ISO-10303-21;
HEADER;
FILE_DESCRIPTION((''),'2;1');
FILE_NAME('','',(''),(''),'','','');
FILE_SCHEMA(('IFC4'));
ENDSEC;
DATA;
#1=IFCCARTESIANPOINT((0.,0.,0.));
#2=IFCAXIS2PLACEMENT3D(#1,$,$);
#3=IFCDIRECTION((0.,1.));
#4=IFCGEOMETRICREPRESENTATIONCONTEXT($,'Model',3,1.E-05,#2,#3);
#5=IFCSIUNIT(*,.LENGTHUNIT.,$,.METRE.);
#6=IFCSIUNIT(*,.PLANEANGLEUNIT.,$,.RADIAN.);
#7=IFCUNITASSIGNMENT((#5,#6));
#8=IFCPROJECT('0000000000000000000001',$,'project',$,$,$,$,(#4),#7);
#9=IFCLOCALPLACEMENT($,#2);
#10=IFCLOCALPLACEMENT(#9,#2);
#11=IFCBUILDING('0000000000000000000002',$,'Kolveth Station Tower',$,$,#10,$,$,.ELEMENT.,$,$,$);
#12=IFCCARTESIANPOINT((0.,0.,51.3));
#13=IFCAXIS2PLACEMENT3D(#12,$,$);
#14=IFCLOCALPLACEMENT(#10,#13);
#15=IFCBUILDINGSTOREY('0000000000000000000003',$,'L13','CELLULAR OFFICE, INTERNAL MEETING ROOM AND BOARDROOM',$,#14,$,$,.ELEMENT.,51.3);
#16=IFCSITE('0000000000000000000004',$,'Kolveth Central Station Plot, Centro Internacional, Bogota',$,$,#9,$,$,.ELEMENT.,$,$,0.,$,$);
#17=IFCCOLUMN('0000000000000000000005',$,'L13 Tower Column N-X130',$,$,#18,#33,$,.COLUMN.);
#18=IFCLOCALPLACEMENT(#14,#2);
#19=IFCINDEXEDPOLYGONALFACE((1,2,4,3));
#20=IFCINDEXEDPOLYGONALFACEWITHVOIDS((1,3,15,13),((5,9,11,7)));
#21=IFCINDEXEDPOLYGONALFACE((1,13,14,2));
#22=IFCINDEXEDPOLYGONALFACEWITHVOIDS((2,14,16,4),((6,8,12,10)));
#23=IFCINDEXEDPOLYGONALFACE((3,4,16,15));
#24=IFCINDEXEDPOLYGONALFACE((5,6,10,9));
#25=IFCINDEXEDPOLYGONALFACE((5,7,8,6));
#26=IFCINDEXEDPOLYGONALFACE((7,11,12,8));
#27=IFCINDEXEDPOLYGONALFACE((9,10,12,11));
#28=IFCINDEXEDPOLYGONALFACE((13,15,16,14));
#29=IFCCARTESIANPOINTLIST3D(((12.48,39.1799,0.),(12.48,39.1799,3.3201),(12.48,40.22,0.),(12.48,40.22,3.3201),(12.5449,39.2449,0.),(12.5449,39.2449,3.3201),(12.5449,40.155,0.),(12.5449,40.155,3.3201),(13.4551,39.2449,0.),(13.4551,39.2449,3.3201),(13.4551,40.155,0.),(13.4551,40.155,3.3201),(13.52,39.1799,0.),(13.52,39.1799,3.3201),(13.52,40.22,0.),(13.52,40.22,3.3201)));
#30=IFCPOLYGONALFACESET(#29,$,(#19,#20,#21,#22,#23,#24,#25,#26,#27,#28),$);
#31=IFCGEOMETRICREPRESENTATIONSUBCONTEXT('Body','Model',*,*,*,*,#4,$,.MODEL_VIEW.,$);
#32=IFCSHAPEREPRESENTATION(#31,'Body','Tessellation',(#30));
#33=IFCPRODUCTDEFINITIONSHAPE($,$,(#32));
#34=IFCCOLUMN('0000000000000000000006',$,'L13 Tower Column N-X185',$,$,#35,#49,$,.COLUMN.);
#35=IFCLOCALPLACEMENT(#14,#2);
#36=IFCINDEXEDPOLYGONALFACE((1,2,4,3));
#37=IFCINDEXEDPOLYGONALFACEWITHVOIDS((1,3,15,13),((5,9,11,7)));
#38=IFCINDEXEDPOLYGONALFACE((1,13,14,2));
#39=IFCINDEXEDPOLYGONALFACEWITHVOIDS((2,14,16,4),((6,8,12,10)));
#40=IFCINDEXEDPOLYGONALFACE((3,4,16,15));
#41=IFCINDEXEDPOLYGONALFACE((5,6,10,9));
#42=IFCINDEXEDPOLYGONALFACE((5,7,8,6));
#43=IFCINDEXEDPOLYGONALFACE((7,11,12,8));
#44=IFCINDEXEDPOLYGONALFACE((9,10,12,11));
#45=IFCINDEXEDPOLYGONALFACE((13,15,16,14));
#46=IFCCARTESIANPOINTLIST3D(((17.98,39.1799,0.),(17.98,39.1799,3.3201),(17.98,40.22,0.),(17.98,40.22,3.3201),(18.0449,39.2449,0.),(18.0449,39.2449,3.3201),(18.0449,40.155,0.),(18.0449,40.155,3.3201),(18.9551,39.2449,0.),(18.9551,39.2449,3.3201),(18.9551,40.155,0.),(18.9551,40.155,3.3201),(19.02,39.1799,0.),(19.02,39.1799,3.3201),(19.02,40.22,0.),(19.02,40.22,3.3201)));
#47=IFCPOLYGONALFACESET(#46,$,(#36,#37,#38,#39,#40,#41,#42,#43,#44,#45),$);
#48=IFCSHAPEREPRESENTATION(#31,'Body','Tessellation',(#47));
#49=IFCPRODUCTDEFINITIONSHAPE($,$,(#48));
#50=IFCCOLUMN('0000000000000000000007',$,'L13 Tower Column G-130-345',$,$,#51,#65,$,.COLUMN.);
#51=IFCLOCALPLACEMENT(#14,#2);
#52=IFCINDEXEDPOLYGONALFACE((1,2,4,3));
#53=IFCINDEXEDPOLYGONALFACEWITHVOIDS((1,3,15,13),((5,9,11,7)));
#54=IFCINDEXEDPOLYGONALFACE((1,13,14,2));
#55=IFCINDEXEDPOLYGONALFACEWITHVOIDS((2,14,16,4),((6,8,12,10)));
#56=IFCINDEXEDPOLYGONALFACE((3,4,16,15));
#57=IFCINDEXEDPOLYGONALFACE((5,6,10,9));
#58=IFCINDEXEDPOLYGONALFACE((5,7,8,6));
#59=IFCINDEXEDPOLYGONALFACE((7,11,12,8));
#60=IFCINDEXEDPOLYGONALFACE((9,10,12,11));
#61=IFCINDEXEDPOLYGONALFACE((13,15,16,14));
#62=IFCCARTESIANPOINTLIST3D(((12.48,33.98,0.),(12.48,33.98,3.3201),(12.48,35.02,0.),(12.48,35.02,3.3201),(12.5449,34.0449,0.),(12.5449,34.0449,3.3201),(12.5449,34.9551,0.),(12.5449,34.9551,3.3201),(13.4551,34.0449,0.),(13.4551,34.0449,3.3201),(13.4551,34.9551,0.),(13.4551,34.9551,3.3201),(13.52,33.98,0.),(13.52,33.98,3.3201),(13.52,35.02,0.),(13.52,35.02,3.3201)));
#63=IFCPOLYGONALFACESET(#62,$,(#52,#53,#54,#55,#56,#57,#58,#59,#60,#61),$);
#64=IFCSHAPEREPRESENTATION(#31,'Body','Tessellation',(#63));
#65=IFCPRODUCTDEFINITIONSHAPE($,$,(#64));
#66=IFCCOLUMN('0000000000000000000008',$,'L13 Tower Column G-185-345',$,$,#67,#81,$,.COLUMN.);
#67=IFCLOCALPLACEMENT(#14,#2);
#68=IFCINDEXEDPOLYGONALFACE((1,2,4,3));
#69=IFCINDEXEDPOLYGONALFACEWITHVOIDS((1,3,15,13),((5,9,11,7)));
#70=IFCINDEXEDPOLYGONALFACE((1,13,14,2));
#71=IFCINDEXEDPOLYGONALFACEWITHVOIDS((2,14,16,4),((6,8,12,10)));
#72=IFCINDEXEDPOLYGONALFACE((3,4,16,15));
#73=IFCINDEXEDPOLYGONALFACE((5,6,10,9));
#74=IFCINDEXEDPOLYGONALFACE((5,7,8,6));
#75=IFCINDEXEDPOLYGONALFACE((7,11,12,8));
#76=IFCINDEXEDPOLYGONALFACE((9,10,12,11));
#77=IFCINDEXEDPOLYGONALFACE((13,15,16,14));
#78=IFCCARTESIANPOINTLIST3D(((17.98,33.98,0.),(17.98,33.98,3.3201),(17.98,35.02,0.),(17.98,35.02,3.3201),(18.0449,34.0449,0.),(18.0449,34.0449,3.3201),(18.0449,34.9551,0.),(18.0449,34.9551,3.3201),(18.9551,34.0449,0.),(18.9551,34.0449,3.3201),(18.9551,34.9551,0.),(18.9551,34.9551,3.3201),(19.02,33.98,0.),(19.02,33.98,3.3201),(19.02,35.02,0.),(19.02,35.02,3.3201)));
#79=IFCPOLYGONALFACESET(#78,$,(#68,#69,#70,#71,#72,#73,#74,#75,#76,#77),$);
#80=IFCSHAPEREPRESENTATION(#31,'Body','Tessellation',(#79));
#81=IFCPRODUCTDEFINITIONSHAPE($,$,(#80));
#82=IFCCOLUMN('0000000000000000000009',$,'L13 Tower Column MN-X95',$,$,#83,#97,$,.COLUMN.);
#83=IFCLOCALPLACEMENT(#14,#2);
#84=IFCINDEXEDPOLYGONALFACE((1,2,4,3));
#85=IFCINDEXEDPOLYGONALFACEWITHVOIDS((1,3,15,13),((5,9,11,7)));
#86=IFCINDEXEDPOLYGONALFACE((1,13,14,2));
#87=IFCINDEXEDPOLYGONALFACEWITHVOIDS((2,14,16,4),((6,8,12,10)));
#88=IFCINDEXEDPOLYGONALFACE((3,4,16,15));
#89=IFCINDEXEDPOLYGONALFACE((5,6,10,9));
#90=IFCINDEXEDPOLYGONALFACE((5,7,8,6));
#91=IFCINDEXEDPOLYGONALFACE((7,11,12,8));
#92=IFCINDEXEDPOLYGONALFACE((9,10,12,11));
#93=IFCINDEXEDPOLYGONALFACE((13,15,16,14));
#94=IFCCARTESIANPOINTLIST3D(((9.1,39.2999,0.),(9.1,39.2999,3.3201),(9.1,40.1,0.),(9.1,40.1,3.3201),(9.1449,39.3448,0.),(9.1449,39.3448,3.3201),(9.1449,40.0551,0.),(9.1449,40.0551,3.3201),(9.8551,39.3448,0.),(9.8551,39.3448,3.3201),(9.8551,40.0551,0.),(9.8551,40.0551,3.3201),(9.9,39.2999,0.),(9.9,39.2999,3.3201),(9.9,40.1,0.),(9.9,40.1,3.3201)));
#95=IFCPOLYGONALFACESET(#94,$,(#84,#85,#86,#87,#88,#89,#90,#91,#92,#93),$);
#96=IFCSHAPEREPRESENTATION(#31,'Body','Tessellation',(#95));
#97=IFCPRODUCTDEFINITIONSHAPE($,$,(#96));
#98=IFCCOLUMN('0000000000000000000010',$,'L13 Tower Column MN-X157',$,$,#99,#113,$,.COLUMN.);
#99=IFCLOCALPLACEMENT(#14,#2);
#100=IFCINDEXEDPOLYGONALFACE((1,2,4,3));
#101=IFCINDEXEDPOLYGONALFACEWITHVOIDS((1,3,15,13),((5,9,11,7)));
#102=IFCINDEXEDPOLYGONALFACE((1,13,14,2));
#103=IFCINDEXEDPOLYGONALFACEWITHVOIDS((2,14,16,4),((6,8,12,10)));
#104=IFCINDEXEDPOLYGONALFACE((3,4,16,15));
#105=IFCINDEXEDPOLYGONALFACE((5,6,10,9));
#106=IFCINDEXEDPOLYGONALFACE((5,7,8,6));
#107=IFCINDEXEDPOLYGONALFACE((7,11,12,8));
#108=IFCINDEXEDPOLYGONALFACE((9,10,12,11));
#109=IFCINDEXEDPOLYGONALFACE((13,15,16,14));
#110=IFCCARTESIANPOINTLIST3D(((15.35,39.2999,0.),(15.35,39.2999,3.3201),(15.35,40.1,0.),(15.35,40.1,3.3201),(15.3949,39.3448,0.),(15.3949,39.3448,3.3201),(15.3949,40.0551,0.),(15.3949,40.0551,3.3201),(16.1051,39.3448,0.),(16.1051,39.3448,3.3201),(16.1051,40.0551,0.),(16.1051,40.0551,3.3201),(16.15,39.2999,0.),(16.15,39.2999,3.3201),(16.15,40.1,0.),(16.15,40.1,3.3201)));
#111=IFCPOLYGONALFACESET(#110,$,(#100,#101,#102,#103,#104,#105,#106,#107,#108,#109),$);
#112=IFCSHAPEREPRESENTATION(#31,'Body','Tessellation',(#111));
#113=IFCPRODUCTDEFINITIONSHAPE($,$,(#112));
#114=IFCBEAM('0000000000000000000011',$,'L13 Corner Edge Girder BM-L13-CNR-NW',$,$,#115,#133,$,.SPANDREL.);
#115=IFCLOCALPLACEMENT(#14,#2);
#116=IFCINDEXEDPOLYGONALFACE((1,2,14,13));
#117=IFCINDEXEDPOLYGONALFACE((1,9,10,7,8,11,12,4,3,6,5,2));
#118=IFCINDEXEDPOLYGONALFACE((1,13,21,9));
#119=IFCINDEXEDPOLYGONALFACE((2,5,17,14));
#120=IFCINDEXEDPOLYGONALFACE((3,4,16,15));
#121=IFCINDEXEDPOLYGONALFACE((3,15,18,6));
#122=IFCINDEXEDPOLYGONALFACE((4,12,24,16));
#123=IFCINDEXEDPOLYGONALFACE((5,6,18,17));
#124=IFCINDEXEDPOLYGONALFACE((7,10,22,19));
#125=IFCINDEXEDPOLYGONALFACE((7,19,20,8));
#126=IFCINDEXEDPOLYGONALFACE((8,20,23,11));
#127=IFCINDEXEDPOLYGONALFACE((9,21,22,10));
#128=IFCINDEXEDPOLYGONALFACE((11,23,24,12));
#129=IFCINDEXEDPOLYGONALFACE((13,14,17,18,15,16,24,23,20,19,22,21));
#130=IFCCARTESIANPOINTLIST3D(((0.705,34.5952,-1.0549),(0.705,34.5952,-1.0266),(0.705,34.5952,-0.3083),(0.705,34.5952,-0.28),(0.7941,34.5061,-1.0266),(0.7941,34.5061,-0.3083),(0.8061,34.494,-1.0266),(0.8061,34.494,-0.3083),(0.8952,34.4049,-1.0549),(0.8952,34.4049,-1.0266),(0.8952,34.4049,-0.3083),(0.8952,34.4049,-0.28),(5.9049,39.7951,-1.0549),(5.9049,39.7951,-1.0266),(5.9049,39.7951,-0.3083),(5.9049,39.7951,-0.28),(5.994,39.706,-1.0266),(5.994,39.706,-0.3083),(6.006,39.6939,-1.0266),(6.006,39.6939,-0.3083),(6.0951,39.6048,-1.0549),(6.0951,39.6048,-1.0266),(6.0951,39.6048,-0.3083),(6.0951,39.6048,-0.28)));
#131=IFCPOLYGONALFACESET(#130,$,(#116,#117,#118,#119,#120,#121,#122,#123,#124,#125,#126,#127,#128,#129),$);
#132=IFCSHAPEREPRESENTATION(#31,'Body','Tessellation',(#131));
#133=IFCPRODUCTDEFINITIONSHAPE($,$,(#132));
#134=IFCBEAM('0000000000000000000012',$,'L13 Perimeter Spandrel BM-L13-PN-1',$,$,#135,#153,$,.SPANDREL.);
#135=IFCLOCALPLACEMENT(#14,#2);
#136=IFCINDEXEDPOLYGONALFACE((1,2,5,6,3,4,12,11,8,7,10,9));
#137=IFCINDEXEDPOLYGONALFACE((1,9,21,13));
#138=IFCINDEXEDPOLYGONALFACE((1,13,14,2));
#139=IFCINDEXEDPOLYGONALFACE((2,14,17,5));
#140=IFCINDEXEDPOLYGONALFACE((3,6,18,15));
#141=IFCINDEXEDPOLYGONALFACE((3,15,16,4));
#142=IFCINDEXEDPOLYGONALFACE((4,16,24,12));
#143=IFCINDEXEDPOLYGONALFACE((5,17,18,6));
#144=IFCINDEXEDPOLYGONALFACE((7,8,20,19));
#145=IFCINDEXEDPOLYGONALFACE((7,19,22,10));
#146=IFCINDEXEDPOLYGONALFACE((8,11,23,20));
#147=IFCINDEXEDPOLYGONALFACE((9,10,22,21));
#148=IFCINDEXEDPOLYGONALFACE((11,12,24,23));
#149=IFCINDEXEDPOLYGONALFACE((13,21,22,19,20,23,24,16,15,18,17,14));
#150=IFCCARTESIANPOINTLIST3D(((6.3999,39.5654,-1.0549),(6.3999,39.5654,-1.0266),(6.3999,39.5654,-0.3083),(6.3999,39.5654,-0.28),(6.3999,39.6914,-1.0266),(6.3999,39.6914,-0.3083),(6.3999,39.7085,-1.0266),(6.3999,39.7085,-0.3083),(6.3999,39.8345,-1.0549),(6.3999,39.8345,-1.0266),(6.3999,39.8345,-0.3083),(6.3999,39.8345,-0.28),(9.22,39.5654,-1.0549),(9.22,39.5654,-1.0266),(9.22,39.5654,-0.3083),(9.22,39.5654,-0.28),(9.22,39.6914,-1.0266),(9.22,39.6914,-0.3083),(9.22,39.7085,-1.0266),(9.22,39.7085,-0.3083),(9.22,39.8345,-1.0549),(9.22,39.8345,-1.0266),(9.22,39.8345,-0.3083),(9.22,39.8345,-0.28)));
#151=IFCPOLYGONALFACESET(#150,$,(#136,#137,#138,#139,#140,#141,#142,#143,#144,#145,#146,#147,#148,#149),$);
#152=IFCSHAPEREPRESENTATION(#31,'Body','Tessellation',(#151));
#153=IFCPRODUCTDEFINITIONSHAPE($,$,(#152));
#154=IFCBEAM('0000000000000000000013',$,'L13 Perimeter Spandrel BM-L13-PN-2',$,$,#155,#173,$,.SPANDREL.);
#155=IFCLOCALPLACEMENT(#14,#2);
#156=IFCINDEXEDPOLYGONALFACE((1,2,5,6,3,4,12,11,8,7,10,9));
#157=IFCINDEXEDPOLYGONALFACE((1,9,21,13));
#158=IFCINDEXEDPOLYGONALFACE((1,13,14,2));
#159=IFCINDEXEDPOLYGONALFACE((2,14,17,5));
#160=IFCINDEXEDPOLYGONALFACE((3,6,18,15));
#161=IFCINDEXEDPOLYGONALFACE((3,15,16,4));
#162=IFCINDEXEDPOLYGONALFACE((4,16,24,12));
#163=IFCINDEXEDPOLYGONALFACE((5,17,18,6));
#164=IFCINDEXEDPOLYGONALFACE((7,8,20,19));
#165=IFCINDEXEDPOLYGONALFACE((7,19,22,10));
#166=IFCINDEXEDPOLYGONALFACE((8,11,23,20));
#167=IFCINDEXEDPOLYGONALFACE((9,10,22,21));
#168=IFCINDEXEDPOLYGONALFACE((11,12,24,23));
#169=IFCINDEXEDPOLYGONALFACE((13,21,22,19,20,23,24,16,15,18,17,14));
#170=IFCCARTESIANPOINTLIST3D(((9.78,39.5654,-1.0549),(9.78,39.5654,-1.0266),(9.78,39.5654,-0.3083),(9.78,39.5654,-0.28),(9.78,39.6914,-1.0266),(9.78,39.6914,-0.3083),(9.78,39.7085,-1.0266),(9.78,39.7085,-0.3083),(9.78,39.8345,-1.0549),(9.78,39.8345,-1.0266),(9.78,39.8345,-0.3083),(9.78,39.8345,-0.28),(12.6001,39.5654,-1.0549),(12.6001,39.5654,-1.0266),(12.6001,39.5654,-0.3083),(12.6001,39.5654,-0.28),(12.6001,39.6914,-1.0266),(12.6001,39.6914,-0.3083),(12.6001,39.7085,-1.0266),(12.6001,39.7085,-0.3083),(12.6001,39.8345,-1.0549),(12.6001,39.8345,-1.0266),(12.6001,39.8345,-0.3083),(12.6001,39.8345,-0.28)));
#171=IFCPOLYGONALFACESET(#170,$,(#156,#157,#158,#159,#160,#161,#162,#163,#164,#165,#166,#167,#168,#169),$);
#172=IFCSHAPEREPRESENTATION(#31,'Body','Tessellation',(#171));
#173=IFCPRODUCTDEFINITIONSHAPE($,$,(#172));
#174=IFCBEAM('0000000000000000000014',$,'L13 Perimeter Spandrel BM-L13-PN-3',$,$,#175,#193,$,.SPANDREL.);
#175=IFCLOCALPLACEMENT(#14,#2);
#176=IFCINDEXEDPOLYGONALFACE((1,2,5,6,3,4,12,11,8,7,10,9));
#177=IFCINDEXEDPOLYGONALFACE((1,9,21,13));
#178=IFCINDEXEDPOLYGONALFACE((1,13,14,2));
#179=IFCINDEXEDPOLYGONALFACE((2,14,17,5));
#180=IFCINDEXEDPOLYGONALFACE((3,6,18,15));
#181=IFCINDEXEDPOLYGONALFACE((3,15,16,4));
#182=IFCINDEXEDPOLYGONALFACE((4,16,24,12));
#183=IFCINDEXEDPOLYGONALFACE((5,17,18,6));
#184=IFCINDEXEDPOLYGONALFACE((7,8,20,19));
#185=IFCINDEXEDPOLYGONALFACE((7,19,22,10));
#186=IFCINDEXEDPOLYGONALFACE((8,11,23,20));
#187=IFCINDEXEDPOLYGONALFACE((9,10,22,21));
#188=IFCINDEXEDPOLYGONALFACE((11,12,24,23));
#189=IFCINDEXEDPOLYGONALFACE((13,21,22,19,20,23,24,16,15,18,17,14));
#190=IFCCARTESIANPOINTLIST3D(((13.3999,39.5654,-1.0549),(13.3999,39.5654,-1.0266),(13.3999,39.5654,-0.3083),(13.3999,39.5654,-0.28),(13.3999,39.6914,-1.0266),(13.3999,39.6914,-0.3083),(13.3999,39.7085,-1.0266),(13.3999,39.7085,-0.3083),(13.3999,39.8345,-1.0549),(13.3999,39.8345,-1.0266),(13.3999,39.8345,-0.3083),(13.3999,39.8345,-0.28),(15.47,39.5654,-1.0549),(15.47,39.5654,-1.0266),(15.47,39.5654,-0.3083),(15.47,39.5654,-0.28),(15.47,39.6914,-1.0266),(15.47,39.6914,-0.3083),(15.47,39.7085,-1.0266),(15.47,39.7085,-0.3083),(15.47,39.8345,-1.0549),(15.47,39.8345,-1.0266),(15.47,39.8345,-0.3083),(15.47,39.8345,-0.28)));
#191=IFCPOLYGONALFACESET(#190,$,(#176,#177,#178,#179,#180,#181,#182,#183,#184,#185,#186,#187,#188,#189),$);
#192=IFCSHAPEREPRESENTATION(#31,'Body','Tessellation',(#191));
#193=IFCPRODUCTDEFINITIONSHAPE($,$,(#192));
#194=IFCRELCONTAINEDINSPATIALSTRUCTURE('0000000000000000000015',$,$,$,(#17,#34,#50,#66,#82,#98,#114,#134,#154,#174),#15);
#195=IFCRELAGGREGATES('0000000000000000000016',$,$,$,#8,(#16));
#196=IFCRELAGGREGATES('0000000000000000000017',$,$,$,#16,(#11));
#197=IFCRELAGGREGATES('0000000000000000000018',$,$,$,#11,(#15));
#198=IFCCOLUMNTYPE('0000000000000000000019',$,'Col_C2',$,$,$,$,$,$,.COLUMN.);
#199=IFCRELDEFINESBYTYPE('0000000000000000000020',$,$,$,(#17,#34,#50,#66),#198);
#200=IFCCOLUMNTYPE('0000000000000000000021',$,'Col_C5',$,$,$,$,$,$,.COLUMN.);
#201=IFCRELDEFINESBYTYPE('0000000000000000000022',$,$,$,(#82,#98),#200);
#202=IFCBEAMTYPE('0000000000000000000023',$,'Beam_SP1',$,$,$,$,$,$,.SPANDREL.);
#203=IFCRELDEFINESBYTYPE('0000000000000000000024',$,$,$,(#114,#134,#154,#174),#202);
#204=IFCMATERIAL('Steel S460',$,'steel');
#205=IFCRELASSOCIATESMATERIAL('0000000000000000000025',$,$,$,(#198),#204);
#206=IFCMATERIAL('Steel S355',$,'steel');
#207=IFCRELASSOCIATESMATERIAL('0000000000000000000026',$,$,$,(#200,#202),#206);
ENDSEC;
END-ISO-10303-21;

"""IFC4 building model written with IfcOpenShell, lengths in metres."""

from ifc_helpers import new_model, si_unit, direction, frame, origin, origin_2d, place, context, subcontext, project, spatial, hollow_rectangle, i_section, extrude, source, transform, mapped, material, material_profile, profile_set, type_object, element, save


model = new_model("IFC4")

# Units and contexts
model_context = context("Model", 3, precision=1e-05, world=origin(), true_north=direction((0.0, 1.0)))
body_context = subcontext(model_context, "Body", "Model", "MODEL_VIEW")
ifc_project = project(units=[si_unit("LENGTHUNIT", "METRE"), si_unit("PLANEANGLEUNIT", "RADIAN")], contexts=[model_context])

# Site, building, storey
site_placement = place(None, origin())
site = spatial("IfcSite", under=ifc_project, at=site_placement, Name="Kolveth Central Station Plot, Centro Internacional, Bogota", CompositionType="ELEMENT", RefElevation=0.0)
building_placement = place(site_placement, origin())
building = spatial("IfcBuilding", under=site, at=building_placement, Name="Kolveth Station Tower", CompositionType="ELEMENT")
storey_placement = place(building_placement, frame((0.0, 0.0, 51.3)))
storey = spatial("IfcBuildingStorey", under=building, at=storey_placement, Name="L13", Description="CELLULAR OFFICE, INTERNAL MEETING ROOM AND BOARDROOM", CompositionType="ELEMENT", Elevation=51.3)

# Columns
ifc_material_1 = material(Name="Steel S460", Category="steel")
ifc_material_profile_1 = material_profile(ifc_material_1, hollow_rectangle(XDim=1.04, YDim=1.04, WallThickness=0.0649, at=origin_2d()), Name="BOX1040x1040x65")
ifc_profile_set_1 = profile_set([ifc_material_profile_1], Name="Steel S460")
column_type_1 = type_object("IfcColumnType", Name="Col_C2", PredefinedType="COLUMN", material=ifc_profile_set_1)
shared_shape_1 = source(origin(), body_context, "Body", "SweptSolid", [
    extrude(hollow_rectangle(XDim=1.04, YDim=1.04, WallThickness=0.0649, at=origin_2d()), origin(), (0.0, 0.0, 1.0), 3.3201),
])
for number, where, z_axis, x_axis, name in (
    (1, (13.0, 39.7, 0.0), (0.0, 0.0, 1.0), (1.0, 0.0, 0.0), "L13 Tower Column N-X130"),
    (2, (18.5, 39.7, 0.0), (0.0, 0.0, 1.0), (1.0, 0.0, 0.0), "L13 Tower Column N-X185"),
    (3, (13.0, 34.5, 0.0), (0.0, 0.0, 1.0), (1.0, 0.0, 0.0), "L13 Tower Column G-130-345"),
    (4, (18.5, 34.5, 0.0), (0.0, 0.0, 1.0), (1.0, 0.0, 0.0), "L13 Tower Column G-185-345"),
):
    element("IfcColumn", number, at=place(storey_placement, frame(where, z_axis=z_axis, x_axis=x_axis)), inside=storey, type_object=column_type_1, Name=name, PredefinedType="COLUMN", context=body_context, shape_type="MappedRepresentation", body=[
        mapped(shared_shape_1, transform((0.0, 0.0, 0.0), x_axis=(1.0, 0.0, 0.0), y_axis=(0.0, 1.0, 0.0), z_axis=(0.0, 0.0, 1.0), scale=1.0)),
    ])
ifc_material_2 = material(Name="Steel S355", Category="steel")
ifc_material_profile_2 = material_profile(ifc_material_2, hollow_rectangle(XDim=0.8, YDim=0.8, WallThickness=0.0449, at=origin_2d()), Name="BOX800x800x45")
ifc_profile_set_2 = profile_set([ifc_material_profile_2], Name="Steel S355")
column_type_2 = type_object("IfcColumnType", Name="Col_C5", PredefinedType="COLUMN", material=ifc_profile_set_2)
shared_shape_2 = source(origin(), body_context, "Body", "SweptSolid", [
    extrude(hollow_rectangle(XDim=0.8, YDim=0.8, WallThickness=0.0449, at=origin_2d()), origin(), (0.0, 0.0, 1.0), 3.3201),
])
for number, where, z_axis, x_axis, name in (
    (5, (9.5, 39.7, 0.0), (0.0, 0.0, 1.0), (1.0, 0.0, 0.0), "L13 Tower Column MN-X95"),
    (6, (15.75, 39.7, 0.0), (0.0, 0.0, 1.0), (1.0, 0.0, 0.0), "L13 Tower Column MN-X157"),
):
    element("IfcColumn", number, at=place(storey_placement, frame(where, z_axis=z_axis, x_axis=x_axis)), inside=storey, type_object=column_type_2, Name=name, PredefinedType="COLUMN", context=body_context, shape_type="MappedRepresentation", body=[
        mapped(shared_shape_2, transform((0.0, 0.0, 0.0), x_axis=(1.0, 0.0, 0.0), y_axis=(0.0, 1.0, 0.0), z_axis=(0.0, 0.0, 1.0), scale=1.0)),
    ])

# Beams
ifc_material_profile_3 = material_profile(ifc_material_2, i_section(OverallWidth=0.269, OverallDepth=0.7749, WebThickness=0.0171, FlangeThickness=0.0283, at=origin_2d()), Name="W760x220")
ifc_profile_set_3 = profile_set([ifc_material_profile_3], Name="Steel S355")
beam_type_1 = type_object("IfcBeamType", Name="Beam_SP1", PredefinedType="SPANDREL", material=ifc_profile_set_3)
shared_shape_3 = source(origin(), body_context, "Body", "SweptSolid", [
    extrude(i_section(OverallWidth=0.269, OverallDepth=0.7749, WebThickness=0.0171, FlangeThickness=0.0283, at=origin_2d()), origin(), (0.0, 0.0, 1.0), 7.3538),
])
beam_1_placement = place(storey_placement, frame((6.0, 39.7, -0.6675), z_axis=(-0.707107, -0.707107, 0.0), x_axis=(0.707107, -0.707107, 0.0)))
element("IfcBeam", 7, at=beam_1_placement, inside=storey, type_object=beam_type_1, Name="L13 Corner Edge Girder BM-L13-CNR-NW", PredefinedType="SPANDREL", context=body_context, shape_type="MappedRepresentation", body=[
    mapped(shared_shape_3, transform((0.0, 0.0, 0.0), x_axis=(1.0, 0.0, 0.0), y_axis=(0.0, 1.0, 0.0), z_axis=(0.0, 0.0, 1.0), scale=1.0)),
])
shared_shape_4 = source(origin(), body_context, "Body", "SweptSolid", [
    extrude(i_section(OverallWidth=0.269, OverallDepth=0.7749, WebThickness=0.0171, FlangeThickness=0.0283, at=origin_2d()), origin(), (0.0, 0.0, 1.0), 2.8201),
])
for number, where, z_axis, x_axis, name in (
    (8, (6.3999, 39.7, -0.6675), (1.0, 0.0, 0.0), (0.0, 1.0, 0.0), "L13 Perimeter Spandrel BM-L13-PN-1"),
    (9, (9.78, 39.7, -0.6675), (1.0, 0.0, 0.0), (0.0, 1.0, 0.0), "L13 Perimeter Spandrel BM-L13-PN-2"),
):
    element("IfcBeam", number, at=place(storey_placement, frame(where, z_axis=z_axis, x_axis=x_axis)), inside=storey, type_object=beam_type_1, Name=name, PredefinedType="SPANDREL", context=body_context, shape_type="MappedRepresentation", body=[
        mapped(shared_shape_4, transform((0.0, 0.0, 0.0), x_axis=(1.0, 0.0, 0.0), y_axis=(0.0, 1.0, 0.0), z_axis=(0.0, 0.0, 1.0), scale=1.0)),
    ])
shared_shape_5 = source(origin(), body_context, "Body", "SweptSolid", [
    extrude(i_section(OverallWidth=0.269, OverallDepth=0.7749, WebThickness=0.0171, FlangeThickness=0.0283, at=origin_2d()), origin(), (0.0, 0.0, 1.0), 2.0701),
])
for number, where, z_axis, x_axis, name in (
    (10, (13.3999, 39.7, -0.6675), (1.0, 0.0, 0.0), (0.0, 1.0, 0.0), "L13 Perimeter Spandrel BM-L13-PN-3"),
):
    element("IfcBeam", number, at=place(storey_placement, frame(where, z_axis=z_axis, x_axis=x_axis)), inside=storey, type_object=beam_type_1, Name=name, PredefinedType="SPANDREL", context=body_context, shape_type="MappedRepresentation", body=[
        mapped(shared_shape_5, transform((0.0, 0.0, 0.0), x_axis=(1.0, 0.0, 0.0), y_axis=(0.0, 1.0, 0.0), z_axis=(0.0, 0.0, 1.0), scale=1.0)),
    ])

save(model, "model.ifc")
